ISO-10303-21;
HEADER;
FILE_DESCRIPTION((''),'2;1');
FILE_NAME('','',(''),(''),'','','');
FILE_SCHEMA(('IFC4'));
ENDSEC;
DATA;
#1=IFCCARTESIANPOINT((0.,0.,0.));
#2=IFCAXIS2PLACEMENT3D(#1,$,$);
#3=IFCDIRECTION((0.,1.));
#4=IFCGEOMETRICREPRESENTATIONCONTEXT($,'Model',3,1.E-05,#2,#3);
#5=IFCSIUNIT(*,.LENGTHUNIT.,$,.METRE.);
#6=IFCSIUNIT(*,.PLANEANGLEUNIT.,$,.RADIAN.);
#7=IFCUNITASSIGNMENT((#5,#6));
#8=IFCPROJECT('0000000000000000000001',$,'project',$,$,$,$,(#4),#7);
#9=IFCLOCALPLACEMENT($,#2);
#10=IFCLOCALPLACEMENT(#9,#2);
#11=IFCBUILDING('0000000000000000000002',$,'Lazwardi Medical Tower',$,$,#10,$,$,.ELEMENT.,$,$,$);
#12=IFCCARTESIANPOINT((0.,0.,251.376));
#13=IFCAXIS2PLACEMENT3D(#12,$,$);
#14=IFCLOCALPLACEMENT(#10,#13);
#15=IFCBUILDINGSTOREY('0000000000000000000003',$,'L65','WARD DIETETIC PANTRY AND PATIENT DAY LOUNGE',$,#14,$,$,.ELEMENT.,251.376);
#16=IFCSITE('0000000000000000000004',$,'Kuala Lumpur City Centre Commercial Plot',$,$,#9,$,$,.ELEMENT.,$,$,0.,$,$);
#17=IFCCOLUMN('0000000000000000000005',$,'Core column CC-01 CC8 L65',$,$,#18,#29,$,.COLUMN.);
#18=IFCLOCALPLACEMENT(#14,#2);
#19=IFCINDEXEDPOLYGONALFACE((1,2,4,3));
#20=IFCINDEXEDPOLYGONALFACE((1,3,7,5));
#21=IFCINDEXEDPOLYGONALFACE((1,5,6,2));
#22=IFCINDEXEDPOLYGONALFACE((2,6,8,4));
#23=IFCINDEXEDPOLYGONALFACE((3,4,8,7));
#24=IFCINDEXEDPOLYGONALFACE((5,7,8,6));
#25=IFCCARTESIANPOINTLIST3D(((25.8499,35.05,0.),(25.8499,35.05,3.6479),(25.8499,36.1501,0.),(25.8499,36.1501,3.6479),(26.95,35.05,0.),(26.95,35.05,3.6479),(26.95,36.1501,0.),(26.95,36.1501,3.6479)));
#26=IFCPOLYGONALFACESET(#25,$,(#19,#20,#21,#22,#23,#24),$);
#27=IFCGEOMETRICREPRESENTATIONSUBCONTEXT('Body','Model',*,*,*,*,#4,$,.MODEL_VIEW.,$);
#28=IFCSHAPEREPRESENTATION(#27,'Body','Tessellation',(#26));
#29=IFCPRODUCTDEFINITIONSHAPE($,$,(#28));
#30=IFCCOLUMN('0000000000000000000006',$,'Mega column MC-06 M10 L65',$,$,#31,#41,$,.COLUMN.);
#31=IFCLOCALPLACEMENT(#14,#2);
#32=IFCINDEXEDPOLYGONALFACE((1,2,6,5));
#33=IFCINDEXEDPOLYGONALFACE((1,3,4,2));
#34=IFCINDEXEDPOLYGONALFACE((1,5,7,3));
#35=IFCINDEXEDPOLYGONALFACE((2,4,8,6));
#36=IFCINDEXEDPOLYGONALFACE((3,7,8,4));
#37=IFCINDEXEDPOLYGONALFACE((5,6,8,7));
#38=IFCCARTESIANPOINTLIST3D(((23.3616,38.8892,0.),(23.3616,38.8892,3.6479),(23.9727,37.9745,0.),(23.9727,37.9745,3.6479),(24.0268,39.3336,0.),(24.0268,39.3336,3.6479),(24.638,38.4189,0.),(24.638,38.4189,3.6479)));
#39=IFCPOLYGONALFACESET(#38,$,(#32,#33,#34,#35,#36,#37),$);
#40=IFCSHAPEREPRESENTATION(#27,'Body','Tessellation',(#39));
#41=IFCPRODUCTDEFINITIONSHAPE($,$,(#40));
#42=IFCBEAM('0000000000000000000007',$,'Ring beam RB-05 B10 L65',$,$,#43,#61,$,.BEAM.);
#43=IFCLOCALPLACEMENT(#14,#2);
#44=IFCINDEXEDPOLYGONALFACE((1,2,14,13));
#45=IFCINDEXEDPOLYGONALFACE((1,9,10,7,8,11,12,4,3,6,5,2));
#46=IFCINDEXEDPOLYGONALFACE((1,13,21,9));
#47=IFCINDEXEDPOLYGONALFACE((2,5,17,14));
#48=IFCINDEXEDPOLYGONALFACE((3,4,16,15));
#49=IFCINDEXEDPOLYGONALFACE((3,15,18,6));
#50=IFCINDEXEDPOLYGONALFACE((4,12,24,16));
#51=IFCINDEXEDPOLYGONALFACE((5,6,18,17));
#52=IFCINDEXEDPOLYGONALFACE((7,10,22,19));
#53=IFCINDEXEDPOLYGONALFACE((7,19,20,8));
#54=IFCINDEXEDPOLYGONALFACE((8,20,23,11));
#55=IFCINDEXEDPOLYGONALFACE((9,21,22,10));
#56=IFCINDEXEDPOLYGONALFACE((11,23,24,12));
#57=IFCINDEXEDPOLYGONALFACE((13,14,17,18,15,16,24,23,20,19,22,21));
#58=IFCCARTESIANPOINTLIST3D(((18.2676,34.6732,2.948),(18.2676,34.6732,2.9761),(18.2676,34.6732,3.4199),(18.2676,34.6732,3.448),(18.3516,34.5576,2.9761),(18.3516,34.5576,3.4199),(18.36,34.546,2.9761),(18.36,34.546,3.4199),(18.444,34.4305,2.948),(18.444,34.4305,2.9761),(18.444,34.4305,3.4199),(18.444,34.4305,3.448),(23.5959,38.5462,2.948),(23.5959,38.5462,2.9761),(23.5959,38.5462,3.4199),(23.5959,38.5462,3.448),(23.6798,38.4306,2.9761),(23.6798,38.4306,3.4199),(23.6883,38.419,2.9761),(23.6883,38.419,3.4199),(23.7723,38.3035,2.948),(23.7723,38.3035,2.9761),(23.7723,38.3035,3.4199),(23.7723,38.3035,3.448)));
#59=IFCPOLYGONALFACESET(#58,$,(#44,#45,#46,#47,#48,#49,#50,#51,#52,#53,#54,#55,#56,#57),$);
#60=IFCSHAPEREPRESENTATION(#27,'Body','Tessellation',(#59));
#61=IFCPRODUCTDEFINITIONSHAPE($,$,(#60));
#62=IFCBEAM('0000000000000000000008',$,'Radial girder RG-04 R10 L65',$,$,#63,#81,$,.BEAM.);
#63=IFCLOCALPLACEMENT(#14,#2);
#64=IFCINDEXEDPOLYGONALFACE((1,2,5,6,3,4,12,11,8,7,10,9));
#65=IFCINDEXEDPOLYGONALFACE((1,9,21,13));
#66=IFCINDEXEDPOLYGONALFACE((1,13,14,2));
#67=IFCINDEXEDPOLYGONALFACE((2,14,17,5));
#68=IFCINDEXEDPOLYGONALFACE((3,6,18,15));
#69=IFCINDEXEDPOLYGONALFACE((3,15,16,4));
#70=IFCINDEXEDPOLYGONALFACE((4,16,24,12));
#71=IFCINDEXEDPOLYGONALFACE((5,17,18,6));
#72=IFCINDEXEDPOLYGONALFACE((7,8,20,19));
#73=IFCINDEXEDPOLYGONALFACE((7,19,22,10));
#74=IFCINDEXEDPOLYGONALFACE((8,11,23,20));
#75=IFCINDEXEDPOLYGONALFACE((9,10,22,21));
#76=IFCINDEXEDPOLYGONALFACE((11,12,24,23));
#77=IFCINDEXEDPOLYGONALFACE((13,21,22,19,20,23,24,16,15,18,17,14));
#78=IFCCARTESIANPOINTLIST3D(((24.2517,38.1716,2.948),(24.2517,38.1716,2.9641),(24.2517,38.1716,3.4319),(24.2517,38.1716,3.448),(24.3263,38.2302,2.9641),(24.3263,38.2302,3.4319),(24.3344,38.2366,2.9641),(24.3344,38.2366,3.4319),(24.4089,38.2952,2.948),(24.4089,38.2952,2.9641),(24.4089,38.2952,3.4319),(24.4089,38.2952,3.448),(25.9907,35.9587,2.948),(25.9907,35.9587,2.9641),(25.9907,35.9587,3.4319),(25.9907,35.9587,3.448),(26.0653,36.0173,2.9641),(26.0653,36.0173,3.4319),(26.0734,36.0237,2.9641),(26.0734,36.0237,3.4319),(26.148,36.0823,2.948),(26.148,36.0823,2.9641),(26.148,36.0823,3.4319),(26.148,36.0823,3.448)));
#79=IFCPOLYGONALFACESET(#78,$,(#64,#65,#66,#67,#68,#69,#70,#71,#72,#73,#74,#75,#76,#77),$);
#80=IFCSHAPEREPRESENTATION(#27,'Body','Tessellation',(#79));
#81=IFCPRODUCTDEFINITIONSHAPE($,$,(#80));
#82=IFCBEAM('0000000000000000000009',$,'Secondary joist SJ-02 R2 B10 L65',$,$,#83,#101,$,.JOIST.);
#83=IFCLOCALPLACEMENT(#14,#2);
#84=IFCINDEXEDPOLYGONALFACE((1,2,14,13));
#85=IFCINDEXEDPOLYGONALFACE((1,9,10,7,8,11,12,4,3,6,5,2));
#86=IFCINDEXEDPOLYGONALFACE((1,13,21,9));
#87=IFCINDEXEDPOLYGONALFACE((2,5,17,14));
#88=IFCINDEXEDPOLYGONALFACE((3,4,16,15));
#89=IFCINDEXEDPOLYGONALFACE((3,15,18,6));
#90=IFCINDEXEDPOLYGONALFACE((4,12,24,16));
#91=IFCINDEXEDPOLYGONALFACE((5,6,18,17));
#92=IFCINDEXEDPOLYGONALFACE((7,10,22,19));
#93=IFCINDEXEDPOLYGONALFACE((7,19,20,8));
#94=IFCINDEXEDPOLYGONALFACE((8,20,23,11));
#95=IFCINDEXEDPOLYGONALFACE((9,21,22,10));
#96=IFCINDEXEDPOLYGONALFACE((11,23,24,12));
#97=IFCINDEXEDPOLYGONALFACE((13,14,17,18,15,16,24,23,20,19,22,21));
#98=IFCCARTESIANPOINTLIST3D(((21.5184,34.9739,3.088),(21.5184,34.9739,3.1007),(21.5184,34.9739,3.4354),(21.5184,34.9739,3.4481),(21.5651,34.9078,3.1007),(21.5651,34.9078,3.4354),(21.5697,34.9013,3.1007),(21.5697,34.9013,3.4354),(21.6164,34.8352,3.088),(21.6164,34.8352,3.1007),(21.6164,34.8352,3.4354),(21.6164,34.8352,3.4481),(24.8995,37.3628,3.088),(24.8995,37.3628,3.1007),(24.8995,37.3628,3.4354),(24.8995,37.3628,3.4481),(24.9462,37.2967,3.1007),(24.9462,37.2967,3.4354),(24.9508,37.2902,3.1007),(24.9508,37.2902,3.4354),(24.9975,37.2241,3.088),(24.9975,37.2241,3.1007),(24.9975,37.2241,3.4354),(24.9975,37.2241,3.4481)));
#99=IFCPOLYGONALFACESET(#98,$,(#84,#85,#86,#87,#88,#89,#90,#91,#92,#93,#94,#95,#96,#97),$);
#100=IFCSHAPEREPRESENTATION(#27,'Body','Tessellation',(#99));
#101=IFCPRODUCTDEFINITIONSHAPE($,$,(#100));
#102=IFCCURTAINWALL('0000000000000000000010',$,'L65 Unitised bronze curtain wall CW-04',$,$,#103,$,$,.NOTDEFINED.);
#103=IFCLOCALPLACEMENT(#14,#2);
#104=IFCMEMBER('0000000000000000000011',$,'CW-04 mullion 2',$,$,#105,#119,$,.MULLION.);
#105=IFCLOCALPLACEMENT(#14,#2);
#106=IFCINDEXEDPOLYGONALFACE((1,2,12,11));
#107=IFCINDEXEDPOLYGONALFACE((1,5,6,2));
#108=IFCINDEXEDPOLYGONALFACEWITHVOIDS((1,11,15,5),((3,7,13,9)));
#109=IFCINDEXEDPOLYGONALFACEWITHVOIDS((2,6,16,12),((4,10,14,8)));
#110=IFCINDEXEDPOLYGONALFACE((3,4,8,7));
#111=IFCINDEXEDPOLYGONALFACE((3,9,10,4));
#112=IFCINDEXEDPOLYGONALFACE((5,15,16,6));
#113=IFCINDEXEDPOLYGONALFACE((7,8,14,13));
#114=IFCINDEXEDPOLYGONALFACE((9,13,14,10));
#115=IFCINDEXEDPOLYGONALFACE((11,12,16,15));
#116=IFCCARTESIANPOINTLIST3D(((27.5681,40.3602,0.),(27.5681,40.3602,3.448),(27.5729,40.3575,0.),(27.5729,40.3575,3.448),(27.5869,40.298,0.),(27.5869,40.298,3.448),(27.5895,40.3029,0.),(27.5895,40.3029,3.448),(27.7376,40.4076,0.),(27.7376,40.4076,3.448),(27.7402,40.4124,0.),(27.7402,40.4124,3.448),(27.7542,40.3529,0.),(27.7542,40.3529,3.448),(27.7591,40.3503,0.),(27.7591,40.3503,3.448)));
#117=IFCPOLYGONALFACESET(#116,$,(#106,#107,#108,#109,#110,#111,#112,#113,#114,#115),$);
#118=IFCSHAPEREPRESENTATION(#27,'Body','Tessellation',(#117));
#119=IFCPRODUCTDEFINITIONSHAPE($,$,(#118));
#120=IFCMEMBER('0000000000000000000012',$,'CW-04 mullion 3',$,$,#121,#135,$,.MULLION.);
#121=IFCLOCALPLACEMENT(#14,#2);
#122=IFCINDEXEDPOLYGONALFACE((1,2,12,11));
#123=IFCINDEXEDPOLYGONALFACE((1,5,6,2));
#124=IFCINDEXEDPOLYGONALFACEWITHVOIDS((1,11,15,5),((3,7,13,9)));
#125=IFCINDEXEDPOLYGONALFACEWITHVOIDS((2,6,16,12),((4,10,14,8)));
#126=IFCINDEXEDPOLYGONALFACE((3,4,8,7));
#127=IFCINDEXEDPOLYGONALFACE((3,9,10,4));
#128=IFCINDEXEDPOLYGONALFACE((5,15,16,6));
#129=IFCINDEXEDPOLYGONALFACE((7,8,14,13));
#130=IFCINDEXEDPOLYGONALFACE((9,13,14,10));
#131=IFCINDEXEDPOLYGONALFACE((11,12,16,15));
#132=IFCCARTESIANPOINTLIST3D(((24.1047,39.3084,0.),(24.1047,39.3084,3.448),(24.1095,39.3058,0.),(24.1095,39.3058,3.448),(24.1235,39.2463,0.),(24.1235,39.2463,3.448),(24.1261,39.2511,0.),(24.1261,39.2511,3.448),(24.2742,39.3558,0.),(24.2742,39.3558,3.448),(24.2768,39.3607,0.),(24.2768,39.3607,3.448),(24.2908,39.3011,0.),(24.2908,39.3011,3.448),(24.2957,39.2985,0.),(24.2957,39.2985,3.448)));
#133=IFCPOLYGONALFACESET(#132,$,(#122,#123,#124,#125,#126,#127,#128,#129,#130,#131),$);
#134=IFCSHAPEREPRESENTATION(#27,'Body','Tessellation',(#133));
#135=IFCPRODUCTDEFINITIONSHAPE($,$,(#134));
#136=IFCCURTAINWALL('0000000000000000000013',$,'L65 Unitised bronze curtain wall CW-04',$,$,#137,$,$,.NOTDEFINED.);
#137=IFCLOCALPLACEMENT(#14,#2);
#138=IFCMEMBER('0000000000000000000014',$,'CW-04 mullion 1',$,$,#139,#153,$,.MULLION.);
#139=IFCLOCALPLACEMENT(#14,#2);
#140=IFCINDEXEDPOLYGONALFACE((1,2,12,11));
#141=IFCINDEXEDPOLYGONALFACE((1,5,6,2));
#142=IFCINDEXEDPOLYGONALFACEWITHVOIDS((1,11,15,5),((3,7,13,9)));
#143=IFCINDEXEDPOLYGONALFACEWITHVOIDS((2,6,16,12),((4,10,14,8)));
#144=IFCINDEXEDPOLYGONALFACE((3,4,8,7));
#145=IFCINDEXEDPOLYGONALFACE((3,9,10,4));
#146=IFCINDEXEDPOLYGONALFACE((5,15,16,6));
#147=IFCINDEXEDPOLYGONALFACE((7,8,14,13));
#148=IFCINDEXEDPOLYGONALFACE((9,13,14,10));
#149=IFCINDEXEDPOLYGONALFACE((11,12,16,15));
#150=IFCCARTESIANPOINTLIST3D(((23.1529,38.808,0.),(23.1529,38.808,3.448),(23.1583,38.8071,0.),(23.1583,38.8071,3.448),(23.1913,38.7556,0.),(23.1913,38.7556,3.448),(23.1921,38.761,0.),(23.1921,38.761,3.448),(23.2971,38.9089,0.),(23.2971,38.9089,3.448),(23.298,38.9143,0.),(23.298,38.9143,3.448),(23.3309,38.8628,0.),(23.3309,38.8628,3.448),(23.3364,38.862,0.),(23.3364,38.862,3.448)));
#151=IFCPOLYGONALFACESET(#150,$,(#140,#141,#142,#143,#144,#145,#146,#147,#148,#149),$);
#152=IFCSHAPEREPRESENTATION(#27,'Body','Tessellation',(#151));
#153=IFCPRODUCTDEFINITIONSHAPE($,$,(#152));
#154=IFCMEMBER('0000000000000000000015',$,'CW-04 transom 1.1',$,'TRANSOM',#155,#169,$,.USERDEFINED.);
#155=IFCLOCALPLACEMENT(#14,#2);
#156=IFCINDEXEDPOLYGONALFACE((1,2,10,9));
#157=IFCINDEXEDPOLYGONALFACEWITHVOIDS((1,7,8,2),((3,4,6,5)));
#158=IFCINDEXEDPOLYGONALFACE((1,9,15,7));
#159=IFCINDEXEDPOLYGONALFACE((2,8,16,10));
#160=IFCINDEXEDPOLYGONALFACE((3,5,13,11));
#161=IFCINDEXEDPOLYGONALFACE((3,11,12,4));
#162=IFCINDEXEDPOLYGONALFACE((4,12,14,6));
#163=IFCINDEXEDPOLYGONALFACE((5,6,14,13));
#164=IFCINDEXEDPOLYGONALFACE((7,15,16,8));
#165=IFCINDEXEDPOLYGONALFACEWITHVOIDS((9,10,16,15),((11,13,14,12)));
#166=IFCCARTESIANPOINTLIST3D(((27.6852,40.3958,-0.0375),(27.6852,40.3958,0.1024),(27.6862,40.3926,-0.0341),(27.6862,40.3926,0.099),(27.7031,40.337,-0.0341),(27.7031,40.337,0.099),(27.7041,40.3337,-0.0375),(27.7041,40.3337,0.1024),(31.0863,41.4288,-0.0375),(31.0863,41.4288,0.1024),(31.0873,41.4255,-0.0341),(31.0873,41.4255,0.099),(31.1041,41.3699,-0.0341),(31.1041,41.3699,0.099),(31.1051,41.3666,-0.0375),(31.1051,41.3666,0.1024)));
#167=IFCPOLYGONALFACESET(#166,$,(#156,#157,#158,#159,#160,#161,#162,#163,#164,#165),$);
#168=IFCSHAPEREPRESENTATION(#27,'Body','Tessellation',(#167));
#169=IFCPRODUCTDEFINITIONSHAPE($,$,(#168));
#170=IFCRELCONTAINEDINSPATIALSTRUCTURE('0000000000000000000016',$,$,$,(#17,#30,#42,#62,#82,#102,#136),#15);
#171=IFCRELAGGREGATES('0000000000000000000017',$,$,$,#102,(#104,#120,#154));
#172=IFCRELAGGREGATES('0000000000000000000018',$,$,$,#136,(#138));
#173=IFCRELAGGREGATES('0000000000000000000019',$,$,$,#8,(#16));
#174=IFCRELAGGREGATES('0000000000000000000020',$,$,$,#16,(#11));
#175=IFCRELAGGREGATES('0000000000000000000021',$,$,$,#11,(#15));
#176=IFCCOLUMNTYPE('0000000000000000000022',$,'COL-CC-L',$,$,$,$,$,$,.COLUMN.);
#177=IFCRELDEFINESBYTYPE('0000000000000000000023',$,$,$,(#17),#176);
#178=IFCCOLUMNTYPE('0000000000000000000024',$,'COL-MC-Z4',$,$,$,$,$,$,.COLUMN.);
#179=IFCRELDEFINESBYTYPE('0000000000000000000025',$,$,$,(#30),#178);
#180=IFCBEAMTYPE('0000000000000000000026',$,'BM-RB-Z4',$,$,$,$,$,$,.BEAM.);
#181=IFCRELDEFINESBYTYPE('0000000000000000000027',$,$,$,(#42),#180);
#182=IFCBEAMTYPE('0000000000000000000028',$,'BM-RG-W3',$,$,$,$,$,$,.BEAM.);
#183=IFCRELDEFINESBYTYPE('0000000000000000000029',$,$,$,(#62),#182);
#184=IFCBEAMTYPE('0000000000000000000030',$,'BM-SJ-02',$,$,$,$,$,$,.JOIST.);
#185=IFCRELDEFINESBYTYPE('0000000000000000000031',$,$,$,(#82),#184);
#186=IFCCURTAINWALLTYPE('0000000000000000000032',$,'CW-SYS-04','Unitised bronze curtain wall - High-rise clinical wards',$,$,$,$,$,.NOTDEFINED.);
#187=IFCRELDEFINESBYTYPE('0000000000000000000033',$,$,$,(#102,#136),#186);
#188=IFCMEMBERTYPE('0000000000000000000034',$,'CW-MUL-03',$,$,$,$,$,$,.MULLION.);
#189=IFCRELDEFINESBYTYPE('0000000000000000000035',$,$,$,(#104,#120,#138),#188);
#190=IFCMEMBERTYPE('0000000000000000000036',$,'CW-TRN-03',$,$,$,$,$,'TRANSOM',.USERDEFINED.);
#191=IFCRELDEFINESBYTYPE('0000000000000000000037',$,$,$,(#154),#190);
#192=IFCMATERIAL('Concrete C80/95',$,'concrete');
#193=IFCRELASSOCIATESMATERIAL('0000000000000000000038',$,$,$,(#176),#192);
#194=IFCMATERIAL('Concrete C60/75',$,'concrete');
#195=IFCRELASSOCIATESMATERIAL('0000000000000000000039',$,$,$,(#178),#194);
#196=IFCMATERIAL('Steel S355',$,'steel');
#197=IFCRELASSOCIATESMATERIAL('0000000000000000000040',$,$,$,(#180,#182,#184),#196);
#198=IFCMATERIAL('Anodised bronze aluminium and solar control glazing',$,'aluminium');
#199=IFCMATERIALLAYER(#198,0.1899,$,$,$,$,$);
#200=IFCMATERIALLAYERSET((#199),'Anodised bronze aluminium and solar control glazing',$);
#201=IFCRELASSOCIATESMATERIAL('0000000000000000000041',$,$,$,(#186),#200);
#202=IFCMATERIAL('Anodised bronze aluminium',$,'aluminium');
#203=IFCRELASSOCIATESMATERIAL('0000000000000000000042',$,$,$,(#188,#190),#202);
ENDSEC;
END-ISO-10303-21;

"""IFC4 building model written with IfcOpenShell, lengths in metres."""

from ifc_helpers import new_model, si_unit, direction, frame, origin, origin_2d, place, context, subcontext, project, spatial, rectangle, hollow_rectangle, i_section, extrude, material, layer, layer_set, material_profile, profile_set, type_object, element, aggregate, save


model = new_model("IFC4")

# Units and contexts
model_context = context("Model", 3, precision=1e-05, world=origin(), true_north=direction((0.0, 1.0)))
body_context = subcontext(model_context, "Body", "Model", "MODEL_VIEW")
ifc_project = project(units=[si_unit("LENGTHUNIT", "METRE"), si_unit("PLANEANGLEUNIT", "RADIAN")], contexts=[model_context])

# Site, building, storey
site_placement = place(None, origin())
site = spatial("IfcSite", under=ifc_project, at=site_placement, Name="Kuala Lumpur City Centre Commercial Plot", CompositionType="ELEMENT", RefElevation=0.0)
building_placement = place(site_placement, origin())
building = spatial("IfcBuilding", under=site, at=building_placement, Name="Lazwardi Medical Tower", CompositionType="ELEMENT")
storey_placement = place(building_placement, frame((0.0, 0.0, 251.376)))
storey = spatial("IfcBuildingStorey", under=building, at=storey_placement, Name="L65", Description="WARD DIETETIC PANTRY AND PATIENT DAY LOUNGE", CompositionType="ELEMENT", Elevation=251.376)

# Columns
ifc_material_1 = material(Name="Concrete C80/95", Category="concrete")
ifc_material_profile_1 = material_profile(ifc_material_1, rectangle(XDim=1.1001, YDim=1.1001, at=origin_2d()), Name="RC 1100x1100")
ifc_profile_set_1 = profile_set([ifc_material_profile_1], Name="Concrete C80/95")
column_type_1 = type_object("IfcColumnType", Name="COL-CC-L", PredefinedType="COLUMN", material=ifc_profile_set_1)
column_1_placement = place(storey_placement, frame((26.3999, 35.6001, 0.0), z_axis=(0.0, 0.0, 1.0), x_axis=(1.0, 0.0, 0.0)))
element("IfcColumn", 1, at=column_1_placement, inside=storey, type_object=column_type_1, Name="Core column CC-01 CC8 L65", PredefinedType="COLUMN", context=body_context, shape_type="SweptSolid", body=[
    extrude(rectangle(XDim=1.1001, YDim=1.1001, at=origin_2d()), origin(), (0.0, 0.0, 1.0), 3.6479),
])
ifc_material_2 = material(Name="Concrete C60/75", Category="concrete")
ifc_material_profile_2 = material_profile(ifc_material_2, rectangle(XDim=1.1001, YDim=0.8, at=origin_2d()), Name="CFT-RECT 1100x800")
ifc_profile_set_2 = profile_set([ifc_material_profile_2], Name="Concrete C60/75")
column_type_2 = type_object("IfcColumnType", Name="COL-MC-Z4", PredefinedType="COLUMN", material=ifc_profile_set_2)
column_2_placement = place(storey_placement, frame((23.9998, 38.6541, 0.0), z_axis=(0.0, 0.0, 1.0), x_axis=(-0.55557, 0.83147, 0.0)))
element("IfcColumn", 2, at=column_2_placement, inside=storey, type_object=column_type_2, Name="Mega column MC-06 M10 L65", PredefinedType="COLUMN", context=body_context, shape_type="SweptSolid", body=[
    extrude(rectangle(XDim=1.1001, YDim=0.8, at=origin_2d()), origin(), (0.0, 0.0, 1.0), 3.6479),
])

# Beams
ifc_material_3 = material(Name="Steel S355", Category="steel")
ifc_material_profile_3 = material_profile(ifc_material_3, i_section(OverallWidth=0.3, OverallDepth=0.5, WebThickness=0.0144, FlangeThickness=0.0281, at=origin_2d()), Name="HEB 500")
ifc_profile_set_3 = profile_set([ifc_material_profile_3], Name="Steel S355")
beam_type_1 = type_object("IfcBeamType", Name="BM-RB-Z4", PredefinedType="BEAM", material=ifc_profile_set_3)
beam_1_placement = place(storey_placement, frame((23.6841, 38.4248, 3.198), z_axis=(-0.80889, -0.58796, 0.0), x_axis=(0.58796, -0.80889, 0.0)))
element("IfcBeam", 3, at=beam_1_placement, inside=storey, type_object=beam_type_1, Name="Ring beam RB-05 B10 L65", PredefinedType="BEAM", context=body_context, shape_type="SweptSolid", body=[
    extrude(i_section(OverallWidth=0.3, OverallDepth=0.5, WebThickness=0.0144, FlangeThickness=0.0281, at=origin_2d()), origin(), (0.0, 0.0, 1.0), 6.5872),
])
ifc_material_profile_4 = material_profile(ifc_material_3, i_section(OverallWidth=0.2, OverallDepth=0.5, WebThickness=0.0103, FlangeThickness=0.0161, at=origin_2d()), Name="IPE 500")
ifc_profile_set_4 = profile_set([ifc_material_profile_4], Name="Steel S355")
beam_type_2 = type_object("IfcBeamType", Name="BM-RG-W3", PredefinedType="BEAM", material=ifc_profile_set_4)
beam_2_placement = place(storey_placement, frame((24.3303, 38.2334, 3.198), z_axis=(0.617891, -0.786264, 0.0), x_axis=(0.786264, 0.617891, 0.0)))
element("IfcBeam", 4, at=beam_2_placement, inside=storey, type_object=beam_type_2, Name="Radial girder RG-04 R10 L65", PredefinedType="BEAM", context=body_context, shape_type="SweptSolid", body=[
    extrude(i_section(OverallWidth=0.2, OverallDepth=0.5, WebThickness=0.0103, FlangeThickness=0.0161, at=origin_2d()), origin(), (0.0, 0.0, 1.0), 2.8145),
])
ifc_material_profile_5 = material_profile(ifc_material_3, i_section(OverallWidth=0.1699, OverallDepth=0.3601, WebThickness=0.0081, FlangeThickness=0.0127, at=origin_2d()), Name="IPE 360")
ifc_profile_set_5 = profile_set([ifc_material_profile_5], Name="Steel S355")
beam_type_3 = type_object("IfcBeamType", Name="BM-SJ-02", PredefinedType="JOIST", material=ifc_profile_set_5)
beam_3_placement = place(storey_placement, frame((24.9485, 37.2935, 3.2681), z_axis=(-0.816711, -0.577047, 0.0), x_axis=(0.577047, -0.816711, 0.0)))
element("IfcBeam", 5, at=beam_3_placement, inside=storey, type_object=beam_type_3, Name="Secondary joist SJ-02 R2 B10 L65", PredefinedType="JOIST", context=body_context, shape_type="SweptSolid", body=[
    extrude(i_section(OverallWidth=0.1699, OverallDepth=0.3601, WebThickness=0.0081, FlangeThickness=0.0127, at=origin_2d()), origin(), (0.0, 0.0, 1.0), 4.1399),
])

# Curtain wall, members
ifc_material_4 = material(Name="Anodised bronze aluminium and solar control glazing", Category="aluminium")
ifc_layer_1 = layer(ifc_material_4, 0.1899)
ifc_layer_set_1 = layer_set([ifc_layer_1], Name="Anodised bronze aluminium and solar control glazing")
curtain_wall_type = type_object("IfcCurtainWallType", Name="CW-SYS-04", Description="Unitised bronze curtain wall - High-rise clinical wards", PredefinedType="NOTDEFINED", material=ifc_layer_set_1)
curtain_wall_1_placement = place(storey_placement, origin())
curtain_wall_1 = element("IfcCurtainWall", 6, at=curtain_wall_1_placement, inside=storey, type_object=curtain_wall_type, Name="L65 Unitised bronze curtain wall CW-04", PredefinedType="NOTDEFINED")
ifc_material_5 = material(Name="Anodised bronze aluminium", Category="aluminium")
ifc_material_profile_6 = material_profile(ifc_material_5, hollow_rectangle(XDim=0.0649, YDim=0.1799, WallThickness=0.0039, at=origin_2d()), Name="ALU-MULLION 180x65x4")
ifc_profile_set_6 = profile_set([ifc_material_profile_6], Name="Anodised bronze aluminium")
member_type_1 = type_object("IfcMemberType", Name="CW-MUL-03", PredefinedType="MULLION", material=ifc_profile_set_6)
member_1_placement = place(storey_placement, frame((27.6636, 40.3552, 0.0), z_axis=(0.0, 0.0, 1.0), x_axis=(0.290582, -0.95685, 0.0)))
member_1 = element("IfcMember", 7, at=member_1_placement, type_object=member_type_1, Name="CW-04 mullion 2", PredefinedType="MULLION", context=body_context, shape_type="SweptSolid", body=[
    extrude(hollow_rectangle(XDim=0.0649, YDim=0.1799, WallThickness=0.0039, at=origin_2d()), origin(), (0.0, 0.0, 1.0), 3.448),
])
member_2_placement = place(storey_placement, frame((24.2002, 39.3035, 0.0), z_axis=(0.0, 0.0, 1.0), x_axis=(0.290582, -0.95685, 0.0)))
member_2 = element("IfcMember", 8, at=member_2_placement, type_object=member_type_1, Name="CW-04 mullion 3", PredefinedType="MULLION", context=body_context, shape_type="SweptSolid", body=[
    extrude(hollow_rectangle(XDim=0.0649, YDim=0.1799, WallThickness=0.0039, at=origin_2d()), origin(), (0.0, 0.0, 1.0), 3.448),
])

# Curtain wall, member
curtain_wall_2_placement = place(storey_placement, origin())
curtain_wall_2 = element("IfcCurtainWall", 9, at=curtain_wall_2_placement, inside=storey, type_object=curtain_wall_type, Name="L65 Unitised bronze curtain wall CW-04", PredefinedType="NOTDEFINED")
member_3_placement = place(storey_placement, frame((23.2446, 38.835, 0.0), z_axis=(0.0, 0.0, 1.0), x_axis=(0.591268, -0.806475, 0.0)))
member_3 = element("IfcMember", 10, at=member_3_placement, type_object=member_type_1, Name="CW-04 mullion 1", PredefinedType="MULLION", context=body_context, shape_type="SweptSolid", body=[
    extrude(hollow_rectangle(XDim=0.0649, YDim=0.1799, WallThickness=0.0039, at=origin_2d()), origin(), (0.0, 0.0, 1.0), 3.448),
])

# Member
ifc_material_profile_7 = material_profile(ifc_material_5, hollow_rectangle(XDim=0.0649, YDim=0.1399, WallThickness=0.0034, at=origin_2d()), Name="ALU-TRANSOM 140x65x3.5")
ifc_profile_set_7 = profile_set([ifc_material_profile_7], Name="Anodised bronze aluminium")
member_type_2 = type_object("IfcMemberType", Name="CW-TRN-03", ElementType="TRANSOM", PredefinedType="USERDEFINED", material=ifc_profile_set_7)
member_4_placement = place(storey_placement, frame((31.0957, 41.3977, 0.0325), z_axis=(-0.956843, -0.290604, 0.0), x_axis=(0.290604, -0.956843, 0.0)))
member_4 = element("IfcMember", 11, at=member_4_placement, type_object=member_type_2, Name="CW-04 transom 1.1", ObjectType="TRANSOM", PredefinedType="USERDEFINED", context=body_context, shape_type="SweptSolid", body=[
    extrude(hollow_rectangle(XDim=0.0649, YDim=0.1399, WallThickness=0.0034, at=origin_2d()), origin(), (0.0, 0.0, 1.0), 3.5544),
])

aggregate(curtain_wall_1, [member_1, member_2, member_4])
aggregate(curtain_wall_2, [member_3])

save(model, "model.ifc")
